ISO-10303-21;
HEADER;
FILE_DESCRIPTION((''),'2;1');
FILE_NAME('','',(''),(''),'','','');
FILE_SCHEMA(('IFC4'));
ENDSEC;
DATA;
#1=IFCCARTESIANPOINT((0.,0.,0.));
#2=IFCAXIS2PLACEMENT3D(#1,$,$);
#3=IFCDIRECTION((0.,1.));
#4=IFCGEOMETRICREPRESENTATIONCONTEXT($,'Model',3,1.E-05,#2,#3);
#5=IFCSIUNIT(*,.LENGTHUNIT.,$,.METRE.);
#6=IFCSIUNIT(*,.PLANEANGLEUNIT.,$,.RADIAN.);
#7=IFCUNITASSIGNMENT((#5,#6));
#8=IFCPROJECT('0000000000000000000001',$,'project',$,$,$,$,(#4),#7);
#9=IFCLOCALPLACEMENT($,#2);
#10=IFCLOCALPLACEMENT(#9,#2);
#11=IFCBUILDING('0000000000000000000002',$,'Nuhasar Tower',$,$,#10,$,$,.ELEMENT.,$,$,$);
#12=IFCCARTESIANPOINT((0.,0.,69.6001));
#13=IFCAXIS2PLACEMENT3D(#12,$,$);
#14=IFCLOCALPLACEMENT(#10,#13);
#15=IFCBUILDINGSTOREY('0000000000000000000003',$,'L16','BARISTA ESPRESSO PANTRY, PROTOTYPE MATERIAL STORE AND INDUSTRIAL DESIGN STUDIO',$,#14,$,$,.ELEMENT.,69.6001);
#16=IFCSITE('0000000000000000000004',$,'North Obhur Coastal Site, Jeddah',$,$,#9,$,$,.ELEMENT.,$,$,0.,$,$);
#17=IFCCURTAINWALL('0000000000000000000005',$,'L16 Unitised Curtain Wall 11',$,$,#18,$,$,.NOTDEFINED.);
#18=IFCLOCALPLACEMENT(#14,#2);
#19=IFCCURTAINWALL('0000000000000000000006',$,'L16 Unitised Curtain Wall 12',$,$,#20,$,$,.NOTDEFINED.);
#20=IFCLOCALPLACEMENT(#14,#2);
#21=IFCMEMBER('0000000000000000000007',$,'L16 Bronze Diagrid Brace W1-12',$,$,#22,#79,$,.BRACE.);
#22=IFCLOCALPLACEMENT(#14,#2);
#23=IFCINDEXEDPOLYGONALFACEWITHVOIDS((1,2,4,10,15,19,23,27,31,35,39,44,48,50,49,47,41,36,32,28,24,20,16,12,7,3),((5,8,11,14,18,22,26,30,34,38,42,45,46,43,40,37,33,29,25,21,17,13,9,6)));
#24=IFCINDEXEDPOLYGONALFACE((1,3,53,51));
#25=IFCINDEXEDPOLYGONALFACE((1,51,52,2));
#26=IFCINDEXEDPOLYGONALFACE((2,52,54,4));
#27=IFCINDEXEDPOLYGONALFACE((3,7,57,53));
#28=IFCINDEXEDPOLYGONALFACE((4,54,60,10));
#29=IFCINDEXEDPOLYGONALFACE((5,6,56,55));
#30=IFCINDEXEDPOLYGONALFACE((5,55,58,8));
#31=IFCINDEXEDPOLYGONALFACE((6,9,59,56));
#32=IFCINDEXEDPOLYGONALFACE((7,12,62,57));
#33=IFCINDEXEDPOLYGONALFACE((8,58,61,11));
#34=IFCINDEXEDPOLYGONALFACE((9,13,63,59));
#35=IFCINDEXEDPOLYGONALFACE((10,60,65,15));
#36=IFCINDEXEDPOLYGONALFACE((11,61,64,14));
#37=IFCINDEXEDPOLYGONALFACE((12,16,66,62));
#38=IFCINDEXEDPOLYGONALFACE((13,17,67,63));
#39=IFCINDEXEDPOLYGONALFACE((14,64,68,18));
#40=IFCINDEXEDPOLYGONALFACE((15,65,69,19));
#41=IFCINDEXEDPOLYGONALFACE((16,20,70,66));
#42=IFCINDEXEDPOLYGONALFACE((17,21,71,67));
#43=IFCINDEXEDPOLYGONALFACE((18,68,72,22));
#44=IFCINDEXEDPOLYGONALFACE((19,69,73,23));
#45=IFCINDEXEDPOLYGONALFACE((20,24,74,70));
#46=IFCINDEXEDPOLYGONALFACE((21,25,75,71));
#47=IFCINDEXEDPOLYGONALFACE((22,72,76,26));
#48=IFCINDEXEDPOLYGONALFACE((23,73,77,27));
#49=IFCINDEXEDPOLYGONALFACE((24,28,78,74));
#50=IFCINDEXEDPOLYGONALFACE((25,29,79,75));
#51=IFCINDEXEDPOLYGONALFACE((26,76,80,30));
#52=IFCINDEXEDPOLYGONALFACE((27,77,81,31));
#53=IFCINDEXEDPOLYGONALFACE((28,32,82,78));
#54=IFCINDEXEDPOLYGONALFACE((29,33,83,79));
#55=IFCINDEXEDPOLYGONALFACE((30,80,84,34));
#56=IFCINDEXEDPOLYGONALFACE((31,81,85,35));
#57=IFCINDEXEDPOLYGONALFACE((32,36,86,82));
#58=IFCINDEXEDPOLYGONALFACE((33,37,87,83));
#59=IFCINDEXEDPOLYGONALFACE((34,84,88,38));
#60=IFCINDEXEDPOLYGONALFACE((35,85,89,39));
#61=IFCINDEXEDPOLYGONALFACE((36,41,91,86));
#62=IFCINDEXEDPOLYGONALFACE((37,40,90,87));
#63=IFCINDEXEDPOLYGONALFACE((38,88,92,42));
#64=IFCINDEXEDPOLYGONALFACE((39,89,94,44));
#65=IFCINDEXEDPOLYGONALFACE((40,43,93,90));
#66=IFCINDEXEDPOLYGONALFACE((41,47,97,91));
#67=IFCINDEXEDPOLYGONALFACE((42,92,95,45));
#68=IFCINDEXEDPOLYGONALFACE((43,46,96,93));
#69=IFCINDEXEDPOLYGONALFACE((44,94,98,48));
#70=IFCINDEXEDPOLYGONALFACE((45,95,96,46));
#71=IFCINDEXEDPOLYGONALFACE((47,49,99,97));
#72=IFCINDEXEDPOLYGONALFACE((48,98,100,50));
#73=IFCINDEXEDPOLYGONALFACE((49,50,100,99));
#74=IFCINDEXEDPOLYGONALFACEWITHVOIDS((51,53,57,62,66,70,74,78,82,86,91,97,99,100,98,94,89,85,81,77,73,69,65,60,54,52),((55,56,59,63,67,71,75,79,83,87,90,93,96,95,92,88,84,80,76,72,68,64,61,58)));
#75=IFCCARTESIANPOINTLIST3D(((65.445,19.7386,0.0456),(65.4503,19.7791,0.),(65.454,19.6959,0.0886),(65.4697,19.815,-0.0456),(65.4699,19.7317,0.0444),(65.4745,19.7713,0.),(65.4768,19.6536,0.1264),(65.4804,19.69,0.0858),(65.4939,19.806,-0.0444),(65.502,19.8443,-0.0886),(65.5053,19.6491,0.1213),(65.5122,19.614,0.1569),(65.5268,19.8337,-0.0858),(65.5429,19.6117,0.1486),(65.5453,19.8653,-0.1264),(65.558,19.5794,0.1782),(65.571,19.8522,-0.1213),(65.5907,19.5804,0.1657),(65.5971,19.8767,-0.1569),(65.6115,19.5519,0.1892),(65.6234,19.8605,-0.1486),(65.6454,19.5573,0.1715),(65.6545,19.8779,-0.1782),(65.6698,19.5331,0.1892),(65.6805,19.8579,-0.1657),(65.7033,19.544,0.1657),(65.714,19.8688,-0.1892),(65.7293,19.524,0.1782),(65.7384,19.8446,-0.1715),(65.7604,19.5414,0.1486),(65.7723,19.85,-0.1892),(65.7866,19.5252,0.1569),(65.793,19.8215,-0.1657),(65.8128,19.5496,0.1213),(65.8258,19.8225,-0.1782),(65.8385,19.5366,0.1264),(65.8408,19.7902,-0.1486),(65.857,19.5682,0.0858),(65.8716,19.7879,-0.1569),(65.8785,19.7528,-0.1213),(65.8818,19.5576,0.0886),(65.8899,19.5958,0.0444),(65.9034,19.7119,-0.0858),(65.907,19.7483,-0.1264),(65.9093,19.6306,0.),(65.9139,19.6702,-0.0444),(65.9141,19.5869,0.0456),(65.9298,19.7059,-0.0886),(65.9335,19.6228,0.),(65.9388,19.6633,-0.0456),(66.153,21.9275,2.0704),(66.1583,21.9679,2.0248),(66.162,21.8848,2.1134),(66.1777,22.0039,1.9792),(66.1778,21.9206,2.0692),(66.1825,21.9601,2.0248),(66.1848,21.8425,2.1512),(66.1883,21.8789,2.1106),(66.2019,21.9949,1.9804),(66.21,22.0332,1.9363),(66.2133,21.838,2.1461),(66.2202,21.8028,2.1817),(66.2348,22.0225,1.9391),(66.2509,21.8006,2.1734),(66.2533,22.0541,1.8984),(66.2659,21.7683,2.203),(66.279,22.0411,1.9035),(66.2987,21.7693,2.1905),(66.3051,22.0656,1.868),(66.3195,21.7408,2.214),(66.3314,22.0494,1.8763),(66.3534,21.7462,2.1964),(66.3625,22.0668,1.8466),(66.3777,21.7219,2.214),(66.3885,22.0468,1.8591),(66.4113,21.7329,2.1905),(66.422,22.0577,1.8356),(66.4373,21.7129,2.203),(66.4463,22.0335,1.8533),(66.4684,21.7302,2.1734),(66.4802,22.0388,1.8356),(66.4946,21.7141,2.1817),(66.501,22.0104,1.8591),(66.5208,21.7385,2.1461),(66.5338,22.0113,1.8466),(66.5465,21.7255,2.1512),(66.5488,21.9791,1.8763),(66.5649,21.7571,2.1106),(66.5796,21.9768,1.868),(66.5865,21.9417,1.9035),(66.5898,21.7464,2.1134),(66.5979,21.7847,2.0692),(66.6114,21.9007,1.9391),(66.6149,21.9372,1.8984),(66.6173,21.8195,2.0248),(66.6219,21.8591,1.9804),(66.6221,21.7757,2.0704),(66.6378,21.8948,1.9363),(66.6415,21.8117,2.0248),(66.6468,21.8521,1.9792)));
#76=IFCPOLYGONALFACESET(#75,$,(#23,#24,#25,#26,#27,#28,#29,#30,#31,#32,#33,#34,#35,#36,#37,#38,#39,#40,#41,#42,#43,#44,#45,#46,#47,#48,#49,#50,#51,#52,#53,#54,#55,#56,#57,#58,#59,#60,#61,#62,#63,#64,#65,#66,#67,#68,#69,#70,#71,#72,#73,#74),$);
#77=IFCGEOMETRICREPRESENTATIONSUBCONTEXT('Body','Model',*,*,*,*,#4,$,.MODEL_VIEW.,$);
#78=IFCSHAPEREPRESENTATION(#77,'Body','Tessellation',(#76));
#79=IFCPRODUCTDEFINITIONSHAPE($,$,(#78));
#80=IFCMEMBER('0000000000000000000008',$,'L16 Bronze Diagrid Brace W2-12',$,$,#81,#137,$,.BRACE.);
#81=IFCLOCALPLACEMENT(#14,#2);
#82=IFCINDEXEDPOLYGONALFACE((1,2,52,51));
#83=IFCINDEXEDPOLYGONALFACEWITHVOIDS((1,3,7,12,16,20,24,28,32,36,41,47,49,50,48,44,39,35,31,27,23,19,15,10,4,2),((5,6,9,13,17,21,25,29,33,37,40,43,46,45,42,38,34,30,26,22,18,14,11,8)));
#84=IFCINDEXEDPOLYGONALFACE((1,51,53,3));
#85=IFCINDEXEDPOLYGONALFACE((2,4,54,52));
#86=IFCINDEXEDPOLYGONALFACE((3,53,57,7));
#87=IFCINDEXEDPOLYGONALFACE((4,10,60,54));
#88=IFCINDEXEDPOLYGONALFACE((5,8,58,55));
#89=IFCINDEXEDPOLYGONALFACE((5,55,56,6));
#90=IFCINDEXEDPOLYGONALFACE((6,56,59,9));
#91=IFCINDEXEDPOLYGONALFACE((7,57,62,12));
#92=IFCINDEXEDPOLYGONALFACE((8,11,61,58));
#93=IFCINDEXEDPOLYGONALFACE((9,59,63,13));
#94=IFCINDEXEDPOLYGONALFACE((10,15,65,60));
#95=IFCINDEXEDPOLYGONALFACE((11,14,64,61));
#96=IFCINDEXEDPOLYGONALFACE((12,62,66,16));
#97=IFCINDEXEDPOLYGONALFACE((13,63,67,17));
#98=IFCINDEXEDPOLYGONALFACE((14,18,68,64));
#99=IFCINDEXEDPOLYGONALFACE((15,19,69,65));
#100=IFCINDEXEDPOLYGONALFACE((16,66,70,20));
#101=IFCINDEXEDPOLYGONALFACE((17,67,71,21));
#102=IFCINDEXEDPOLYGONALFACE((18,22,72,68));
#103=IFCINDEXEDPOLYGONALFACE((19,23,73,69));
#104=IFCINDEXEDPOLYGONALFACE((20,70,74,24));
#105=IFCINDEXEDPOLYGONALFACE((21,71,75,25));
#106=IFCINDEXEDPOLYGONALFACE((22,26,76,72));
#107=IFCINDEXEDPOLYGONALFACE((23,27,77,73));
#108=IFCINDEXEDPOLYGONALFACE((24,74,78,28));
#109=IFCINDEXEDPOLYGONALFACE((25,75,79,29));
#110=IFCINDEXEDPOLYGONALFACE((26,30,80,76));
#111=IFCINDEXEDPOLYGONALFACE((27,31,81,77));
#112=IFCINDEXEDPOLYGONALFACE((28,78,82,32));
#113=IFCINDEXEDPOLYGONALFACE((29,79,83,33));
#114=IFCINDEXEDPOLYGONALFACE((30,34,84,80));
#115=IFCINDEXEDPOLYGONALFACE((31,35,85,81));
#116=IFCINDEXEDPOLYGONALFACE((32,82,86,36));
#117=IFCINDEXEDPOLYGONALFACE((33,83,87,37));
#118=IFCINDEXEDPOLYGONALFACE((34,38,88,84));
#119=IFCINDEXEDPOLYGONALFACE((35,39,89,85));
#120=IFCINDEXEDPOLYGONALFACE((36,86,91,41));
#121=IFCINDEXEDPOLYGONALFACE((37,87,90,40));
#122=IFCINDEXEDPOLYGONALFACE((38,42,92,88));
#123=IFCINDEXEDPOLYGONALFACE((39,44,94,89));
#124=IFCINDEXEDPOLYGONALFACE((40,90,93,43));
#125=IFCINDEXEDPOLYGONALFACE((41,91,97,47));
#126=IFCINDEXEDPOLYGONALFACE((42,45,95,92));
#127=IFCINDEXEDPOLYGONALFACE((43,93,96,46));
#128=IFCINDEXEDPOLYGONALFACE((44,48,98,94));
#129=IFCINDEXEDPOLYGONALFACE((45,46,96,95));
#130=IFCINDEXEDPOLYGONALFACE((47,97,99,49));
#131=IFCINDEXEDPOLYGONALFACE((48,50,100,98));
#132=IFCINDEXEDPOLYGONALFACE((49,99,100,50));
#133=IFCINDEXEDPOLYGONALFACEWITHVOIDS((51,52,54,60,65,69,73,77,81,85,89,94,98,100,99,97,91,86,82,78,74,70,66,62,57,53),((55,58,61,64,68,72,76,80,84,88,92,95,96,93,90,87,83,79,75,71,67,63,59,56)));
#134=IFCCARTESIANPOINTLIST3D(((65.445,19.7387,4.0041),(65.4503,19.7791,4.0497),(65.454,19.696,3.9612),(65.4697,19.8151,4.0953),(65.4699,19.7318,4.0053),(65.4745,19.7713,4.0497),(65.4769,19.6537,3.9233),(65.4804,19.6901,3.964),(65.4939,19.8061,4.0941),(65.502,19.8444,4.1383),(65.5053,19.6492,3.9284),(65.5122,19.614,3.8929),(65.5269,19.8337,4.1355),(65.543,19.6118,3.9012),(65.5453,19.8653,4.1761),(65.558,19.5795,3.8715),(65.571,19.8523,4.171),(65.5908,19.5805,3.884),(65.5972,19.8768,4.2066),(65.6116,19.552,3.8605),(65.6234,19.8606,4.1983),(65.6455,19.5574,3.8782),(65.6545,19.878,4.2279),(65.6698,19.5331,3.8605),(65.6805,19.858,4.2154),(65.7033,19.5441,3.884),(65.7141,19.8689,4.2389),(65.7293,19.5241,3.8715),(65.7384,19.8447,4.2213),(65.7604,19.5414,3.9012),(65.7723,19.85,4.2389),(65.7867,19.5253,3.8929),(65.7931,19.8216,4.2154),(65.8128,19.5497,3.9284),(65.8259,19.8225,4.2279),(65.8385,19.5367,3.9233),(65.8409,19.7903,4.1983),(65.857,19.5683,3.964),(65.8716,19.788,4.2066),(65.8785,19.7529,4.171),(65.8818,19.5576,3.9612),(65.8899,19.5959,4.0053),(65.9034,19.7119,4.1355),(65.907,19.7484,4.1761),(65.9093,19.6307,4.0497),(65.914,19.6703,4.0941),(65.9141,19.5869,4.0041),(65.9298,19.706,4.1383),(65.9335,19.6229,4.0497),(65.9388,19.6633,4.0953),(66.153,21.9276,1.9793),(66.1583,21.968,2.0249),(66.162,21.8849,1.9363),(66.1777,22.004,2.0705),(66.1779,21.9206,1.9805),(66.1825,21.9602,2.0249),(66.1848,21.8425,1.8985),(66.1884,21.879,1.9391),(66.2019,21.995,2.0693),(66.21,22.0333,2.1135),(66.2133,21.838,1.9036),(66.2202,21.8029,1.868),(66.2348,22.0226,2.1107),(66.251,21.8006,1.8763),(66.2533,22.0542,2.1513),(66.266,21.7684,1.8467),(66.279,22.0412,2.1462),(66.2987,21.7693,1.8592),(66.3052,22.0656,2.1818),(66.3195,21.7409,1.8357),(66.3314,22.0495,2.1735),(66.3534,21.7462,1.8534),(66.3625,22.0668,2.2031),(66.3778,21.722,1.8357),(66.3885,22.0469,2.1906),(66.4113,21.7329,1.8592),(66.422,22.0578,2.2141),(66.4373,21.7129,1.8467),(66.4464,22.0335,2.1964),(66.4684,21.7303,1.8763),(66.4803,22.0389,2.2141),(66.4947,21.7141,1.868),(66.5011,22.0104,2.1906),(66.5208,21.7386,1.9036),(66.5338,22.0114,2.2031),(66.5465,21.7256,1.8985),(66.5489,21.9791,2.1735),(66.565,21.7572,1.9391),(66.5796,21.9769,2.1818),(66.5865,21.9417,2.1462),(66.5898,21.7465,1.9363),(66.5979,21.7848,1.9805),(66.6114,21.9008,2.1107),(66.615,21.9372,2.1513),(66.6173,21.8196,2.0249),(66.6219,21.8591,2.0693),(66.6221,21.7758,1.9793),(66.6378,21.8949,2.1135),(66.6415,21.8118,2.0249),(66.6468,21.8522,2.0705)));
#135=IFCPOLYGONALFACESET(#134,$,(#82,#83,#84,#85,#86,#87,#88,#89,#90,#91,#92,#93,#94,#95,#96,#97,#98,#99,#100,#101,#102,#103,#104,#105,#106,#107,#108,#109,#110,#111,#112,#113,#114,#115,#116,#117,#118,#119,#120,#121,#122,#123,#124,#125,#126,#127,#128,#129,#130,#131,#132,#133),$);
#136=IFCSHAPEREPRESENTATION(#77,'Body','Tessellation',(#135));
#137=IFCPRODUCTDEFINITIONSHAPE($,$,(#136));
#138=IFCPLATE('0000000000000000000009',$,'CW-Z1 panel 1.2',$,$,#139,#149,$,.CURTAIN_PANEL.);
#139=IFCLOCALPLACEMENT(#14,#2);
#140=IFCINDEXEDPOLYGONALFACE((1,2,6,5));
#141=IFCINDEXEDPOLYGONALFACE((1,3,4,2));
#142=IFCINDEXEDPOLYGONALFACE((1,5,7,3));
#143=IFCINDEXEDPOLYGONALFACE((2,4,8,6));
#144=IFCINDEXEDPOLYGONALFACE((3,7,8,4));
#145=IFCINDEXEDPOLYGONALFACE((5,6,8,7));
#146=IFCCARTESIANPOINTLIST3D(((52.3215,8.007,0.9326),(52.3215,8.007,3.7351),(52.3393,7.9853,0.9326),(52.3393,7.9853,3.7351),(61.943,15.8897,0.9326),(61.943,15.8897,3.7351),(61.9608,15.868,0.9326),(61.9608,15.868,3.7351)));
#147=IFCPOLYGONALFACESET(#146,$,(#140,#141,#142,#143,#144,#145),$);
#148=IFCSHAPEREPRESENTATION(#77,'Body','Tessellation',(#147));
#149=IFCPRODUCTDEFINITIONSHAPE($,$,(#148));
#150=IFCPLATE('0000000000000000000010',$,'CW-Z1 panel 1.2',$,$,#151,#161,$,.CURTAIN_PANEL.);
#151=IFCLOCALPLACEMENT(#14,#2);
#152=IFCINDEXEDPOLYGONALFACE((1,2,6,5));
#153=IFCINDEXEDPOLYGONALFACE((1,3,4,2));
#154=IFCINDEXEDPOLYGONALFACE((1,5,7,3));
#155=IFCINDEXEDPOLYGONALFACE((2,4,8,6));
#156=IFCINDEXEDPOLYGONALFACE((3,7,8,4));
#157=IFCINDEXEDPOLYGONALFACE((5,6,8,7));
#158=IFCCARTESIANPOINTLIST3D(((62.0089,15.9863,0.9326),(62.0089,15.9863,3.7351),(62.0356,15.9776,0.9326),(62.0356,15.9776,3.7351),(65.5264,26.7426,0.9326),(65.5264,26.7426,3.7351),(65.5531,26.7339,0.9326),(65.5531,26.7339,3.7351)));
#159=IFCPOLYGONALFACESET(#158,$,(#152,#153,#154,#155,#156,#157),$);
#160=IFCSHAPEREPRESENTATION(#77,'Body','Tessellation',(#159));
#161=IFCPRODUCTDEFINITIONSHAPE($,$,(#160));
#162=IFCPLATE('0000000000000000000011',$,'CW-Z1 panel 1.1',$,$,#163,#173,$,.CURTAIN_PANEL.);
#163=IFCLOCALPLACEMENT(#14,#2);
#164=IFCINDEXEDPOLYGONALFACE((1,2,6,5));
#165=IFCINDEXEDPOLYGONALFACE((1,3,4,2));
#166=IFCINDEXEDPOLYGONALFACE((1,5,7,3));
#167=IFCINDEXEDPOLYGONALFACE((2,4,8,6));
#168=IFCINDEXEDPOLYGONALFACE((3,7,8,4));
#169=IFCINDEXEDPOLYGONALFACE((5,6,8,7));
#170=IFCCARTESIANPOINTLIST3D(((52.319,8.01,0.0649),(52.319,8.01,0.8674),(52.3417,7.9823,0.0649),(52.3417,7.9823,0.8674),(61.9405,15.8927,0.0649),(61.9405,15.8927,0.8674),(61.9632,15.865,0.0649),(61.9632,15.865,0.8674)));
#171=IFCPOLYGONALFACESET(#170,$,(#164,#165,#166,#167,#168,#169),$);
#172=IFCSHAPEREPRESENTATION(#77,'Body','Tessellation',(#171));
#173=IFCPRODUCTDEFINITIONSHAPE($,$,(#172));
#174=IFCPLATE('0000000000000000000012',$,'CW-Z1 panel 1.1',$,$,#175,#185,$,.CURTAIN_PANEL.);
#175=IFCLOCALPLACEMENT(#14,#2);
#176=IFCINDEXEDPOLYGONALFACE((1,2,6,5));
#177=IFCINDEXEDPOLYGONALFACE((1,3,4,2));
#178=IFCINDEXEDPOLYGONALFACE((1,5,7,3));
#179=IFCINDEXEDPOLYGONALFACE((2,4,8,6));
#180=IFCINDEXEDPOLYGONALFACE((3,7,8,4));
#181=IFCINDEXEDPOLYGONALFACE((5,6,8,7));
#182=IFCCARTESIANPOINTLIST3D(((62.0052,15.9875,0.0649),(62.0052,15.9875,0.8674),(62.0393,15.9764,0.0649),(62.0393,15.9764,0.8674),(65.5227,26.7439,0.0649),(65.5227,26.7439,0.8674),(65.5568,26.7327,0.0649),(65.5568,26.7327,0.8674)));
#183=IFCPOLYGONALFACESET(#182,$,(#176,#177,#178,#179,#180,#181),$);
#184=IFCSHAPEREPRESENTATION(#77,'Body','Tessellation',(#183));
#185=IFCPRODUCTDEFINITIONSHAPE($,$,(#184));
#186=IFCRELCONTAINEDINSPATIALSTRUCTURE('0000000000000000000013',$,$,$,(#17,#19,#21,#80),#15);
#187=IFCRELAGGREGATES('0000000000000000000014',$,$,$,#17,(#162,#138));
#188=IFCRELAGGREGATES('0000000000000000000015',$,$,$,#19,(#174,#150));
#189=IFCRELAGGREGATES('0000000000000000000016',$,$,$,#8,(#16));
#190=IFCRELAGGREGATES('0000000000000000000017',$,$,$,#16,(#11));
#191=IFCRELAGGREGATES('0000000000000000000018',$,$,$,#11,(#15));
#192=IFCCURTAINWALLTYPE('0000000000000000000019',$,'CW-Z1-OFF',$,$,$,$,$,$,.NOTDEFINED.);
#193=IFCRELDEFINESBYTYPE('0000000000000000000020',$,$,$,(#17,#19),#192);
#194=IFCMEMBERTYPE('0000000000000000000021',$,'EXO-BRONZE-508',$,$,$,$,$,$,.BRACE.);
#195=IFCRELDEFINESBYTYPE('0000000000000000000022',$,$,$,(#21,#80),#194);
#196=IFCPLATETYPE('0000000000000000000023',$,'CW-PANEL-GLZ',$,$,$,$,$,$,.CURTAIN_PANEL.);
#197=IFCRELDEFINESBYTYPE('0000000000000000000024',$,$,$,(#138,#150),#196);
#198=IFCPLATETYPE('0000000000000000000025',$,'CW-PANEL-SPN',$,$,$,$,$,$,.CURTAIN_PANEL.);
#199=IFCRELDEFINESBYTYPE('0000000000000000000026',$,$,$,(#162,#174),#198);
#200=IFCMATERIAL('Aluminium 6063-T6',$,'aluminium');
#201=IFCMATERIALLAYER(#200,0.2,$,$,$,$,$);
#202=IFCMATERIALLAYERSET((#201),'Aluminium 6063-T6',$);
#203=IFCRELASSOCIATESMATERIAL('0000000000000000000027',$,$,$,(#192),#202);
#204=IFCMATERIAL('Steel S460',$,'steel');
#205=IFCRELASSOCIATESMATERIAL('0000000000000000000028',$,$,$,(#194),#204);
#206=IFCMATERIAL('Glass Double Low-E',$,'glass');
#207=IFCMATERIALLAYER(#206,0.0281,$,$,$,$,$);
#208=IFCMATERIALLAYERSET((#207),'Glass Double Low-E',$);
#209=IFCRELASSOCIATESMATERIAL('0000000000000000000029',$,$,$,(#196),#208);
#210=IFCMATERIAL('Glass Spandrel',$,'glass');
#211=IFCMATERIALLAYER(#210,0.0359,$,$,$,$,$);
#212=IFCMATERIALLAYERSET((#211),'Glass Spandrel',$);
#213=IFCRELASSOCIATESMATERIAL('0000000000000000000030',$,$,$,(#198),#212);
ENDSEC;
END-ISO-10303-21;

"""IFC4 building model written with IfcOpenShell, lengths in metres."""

from ifc_helpers import new_model, si_unit, direction, frame, origin, origin_2d, place, context, subcontext, project, spatial, rectangle, hollow_circle, extrude, material, layer, layer_set, material_profile, profile_set, type_object, element, aggregate, save


model = new_model("IFC4")

# Units and contexts
model_context = context("Model", 3, precision=1e-05, world=origin(), true_north=direction((0.0, 1.0)))
body_context = subcontext(model_context, "Body", "Model", "MODEL_VIEW")
ifc_project = project(units=[si_unit("LENGTHUNIT", "METRE"), si_unit("PLANEANGLEUNIT", "RADIAN")], contexts=[model_context])

# Site, building, storey
site_placement = place(None, origin())
site = spatial("IfcSite", under=ifc_project, at=site_placement, Name="North Obhur Coastal Site, Jeddah", CompositionType="ELEMENT", RefElevation=0.0)
building_placement = place(site_placement, origin())
building = spatial("IfcBuilding", under=site, at=building_placement, Name="Nuhasar Tower", CompositionType="ELEMENT")
storey_placement = place(building_placement, frame((0.0, 0.0, 69.6001)))
storey = spatial("IfcBuildingStorey", under=building, at=storey_placement, Name="L16", Description="BARISTA ESPRESSO PANTRY, PROTOTYPE MATERIAL STORE AND INDUSTRIAL DESIGN STUDIO", CompositionType="ELEMENT", Elevation=69.6001)

# Curtain wall
ifc_material_1 = material(Name="Aluminium 6063-T6", Category="aluminium")
ifc_layer_1 = layer(ifc_material_1, 0.2)
ifc_layer_set_1 = layer_set([ifc_layer_1], Name="Aluminium 6063-T6")
curtain_wall_type = type_object("IfcCurtainWallType", Name="CW-Z1-OFF", PredefinedType="NOTDEFINED", material=ifc_layer_set_1)
curtain_wall_1_placement = place(storey_placement, origin())
curtain_wall_1 = element("IfcCurtainWall", 1, at=curtain_wall_1_placement, inside=storey, type_object=curtain_wall_type, Name="L16 Unitised Curtain Wall 11", PredefinedType="NOTDEFINED")

# Curtain wall
curtain_wall_2_placement = place(storey_placement, origin())
curtain_wall_2 = element("IfcCurtainWall", 2, at=curtain_wall_2_placement, inside=storey, type_object=curtain_wall_type, Name="L16 Unitised Curtain Wall 12", PredefinedType="NOTDEFINED")

# Members
ifc_material_2 = material(Name="Steel S460", Category="steel")
ifc_material_profile_1 = material_profile(ifc_material_2, hollow_circle(Radius=0.2539, WallThickness=0.0254, at=origin_2d()), Name="HSS508X25.4")
ifc_profile_set_1 = profile_set([ifc_material_profile_1], Name="Steel S460")
member_type_1 = type_object("IfcMemberType", Name="EXO-BRONZE-508", PredefinedType="BRACE", material=ifc_profile_set_1)
for number, where, z_axis, x_axis, name in (
    (3, (65.6919, 19.7009, 0.0), (0.231012, 0.714225, 0.660694), (-0.951468, 0.307747, 0.0), "L16 Bronze Diagrid Brace W1-12"),
    (4, (66.3999, 21.8899, 2.0249), (-0.231012, -0.714225, 0.660694), (0.951468, -0.307747, 0.0), "L16 Bronze Diagrid Brace W2-12"),
):
    element("IfcMember", number, at=place(storey_placement, frame(where, z_axis=z_axis, x_axis=x_axis)), inside=storey, type_object=member_type_1, Name=name, PredefinedType="BRACE", context=body_context, shape_type="SweptSolid", body=[
        extrude(hollow_circle(Radius=0.2539, WallThickness=0.0254, at=origin_2d()), origin(), (0.0, 0.0, 1.0), 3.0647),
    ])

# Plates
ifc_material_3 = material(Name="Glass Double Low-E", Category="glass")
ifc_layer_2 = layer(ifc_material_3, 0.0281)
ifc_layer_set_2 = layer_set([ifc_layer_2], Name="Glass Double Low-E")
plate_type_1 = type_object("IfcPlateType", Name="CW-PANEL-GLZ", PredefinedType="CURTAIN_PANEL", material=ifc_layer_set_2)
plate_1_placement = place(storey_placement, frame((57.1411, 11.9375, 0.9326), z_axis=(0.0, 0.0, 1.0), x_axis=(0.773542, 0.633745, 0.0)))
plate_1 = element("IfcPlate", 5, at=plate_1_placement, type_object=plate_type_1, Name="CW-Z1 panel 1.2", PredefinedType="CURTAIN_PANEL", context=body_context, shape_type="SweptSolid", body=[
    extrude(rectangle(XDim=12.4382, YDim=0.0281, at=origin_2d()), origin(), (0.0, 0.0, 1.0), 2.8025),
])
plate_2_placement = place(storey_placement, frame((63.781, 21.3601, 0.9326), z_axis=(0.0, 0.0, 1.0), x_axis=(0.310824, 0.950468, 0.0)))
plate_2 = element("IfcPlate", 6, at=plate_2_placement, type_object=plate_type_1, Name="CW-Z1 panel 1.2", PredefinedType="CURTAIN_PANEL", context=body_context, shape_type="SweptSolid", body=[
    extrude(rectangle(XDim=11.3169, YDim=0.0281, at=origin_2d()), origin(), (0.0, 0.0, 1.0), 2.8025),
])
ifc_material_4 = material(Name="Glass Spandrel", Category="glass")
ifc_layer_3 = layer(ifc_material_4, 0.0359)
ifc_layer_set_3 = layer_set([ifc_layer_3], Name="Glass Spandrel")
plate_type_2 = type_object("IfcPlateType", Name="CW-PANEL-SPN", PredefinedType="CURTAIN_PANEL", material=ifc_layer_set_3)
plate_3_placement = place(storey_placement, frame((57.1411, 11.9375, 0.0649), z_axis=(0.0, 0.0, 1.0), x_axis=(0.773542, 0.633745, 0.0)))
plate_3 = element("IfcPlate", 7, at=plate_3_placement, type_object=plate_type_2, Name="CW-Z1 panel 1.1", PredefinedType="CURTAIN_PANEL", context=body_context, shape_type="SweptSolid", body=[
    extrude(rectangle(XDim=12.4382, YDim=0.0359, at=origin_2d()), origin(), (0.0, 0.0, 1.0), 0.8025),
])
aggregate(curtain_wall_1, [plate_3, plate_1])
plate_4_placement = place(storey_placement, frame((63.781, 21.3601, 0.0649), z_axis=(0.0, 0.0, 1.0), x_axis=(0.310824, 0.950468, 0.0)))
plate_4 = element("IfcPlate", 8, at=plate_4_placement, type_object=plate_type_2, Name="CW-Z1 panel 1.1", PredefinedType="CURTAIN_PANEL", context=body_context, shape_type="SweptSolid", body=[
    extrude(rectangle(XDim=11.3169, YDim=0.0359, at=origin_2d()), origin(), (0.0, 0.0, 1.0), 0.8025),
])
aggregate(curtain_wall_2, [plate_4, plate_2])

save(model, "model.ifc")
